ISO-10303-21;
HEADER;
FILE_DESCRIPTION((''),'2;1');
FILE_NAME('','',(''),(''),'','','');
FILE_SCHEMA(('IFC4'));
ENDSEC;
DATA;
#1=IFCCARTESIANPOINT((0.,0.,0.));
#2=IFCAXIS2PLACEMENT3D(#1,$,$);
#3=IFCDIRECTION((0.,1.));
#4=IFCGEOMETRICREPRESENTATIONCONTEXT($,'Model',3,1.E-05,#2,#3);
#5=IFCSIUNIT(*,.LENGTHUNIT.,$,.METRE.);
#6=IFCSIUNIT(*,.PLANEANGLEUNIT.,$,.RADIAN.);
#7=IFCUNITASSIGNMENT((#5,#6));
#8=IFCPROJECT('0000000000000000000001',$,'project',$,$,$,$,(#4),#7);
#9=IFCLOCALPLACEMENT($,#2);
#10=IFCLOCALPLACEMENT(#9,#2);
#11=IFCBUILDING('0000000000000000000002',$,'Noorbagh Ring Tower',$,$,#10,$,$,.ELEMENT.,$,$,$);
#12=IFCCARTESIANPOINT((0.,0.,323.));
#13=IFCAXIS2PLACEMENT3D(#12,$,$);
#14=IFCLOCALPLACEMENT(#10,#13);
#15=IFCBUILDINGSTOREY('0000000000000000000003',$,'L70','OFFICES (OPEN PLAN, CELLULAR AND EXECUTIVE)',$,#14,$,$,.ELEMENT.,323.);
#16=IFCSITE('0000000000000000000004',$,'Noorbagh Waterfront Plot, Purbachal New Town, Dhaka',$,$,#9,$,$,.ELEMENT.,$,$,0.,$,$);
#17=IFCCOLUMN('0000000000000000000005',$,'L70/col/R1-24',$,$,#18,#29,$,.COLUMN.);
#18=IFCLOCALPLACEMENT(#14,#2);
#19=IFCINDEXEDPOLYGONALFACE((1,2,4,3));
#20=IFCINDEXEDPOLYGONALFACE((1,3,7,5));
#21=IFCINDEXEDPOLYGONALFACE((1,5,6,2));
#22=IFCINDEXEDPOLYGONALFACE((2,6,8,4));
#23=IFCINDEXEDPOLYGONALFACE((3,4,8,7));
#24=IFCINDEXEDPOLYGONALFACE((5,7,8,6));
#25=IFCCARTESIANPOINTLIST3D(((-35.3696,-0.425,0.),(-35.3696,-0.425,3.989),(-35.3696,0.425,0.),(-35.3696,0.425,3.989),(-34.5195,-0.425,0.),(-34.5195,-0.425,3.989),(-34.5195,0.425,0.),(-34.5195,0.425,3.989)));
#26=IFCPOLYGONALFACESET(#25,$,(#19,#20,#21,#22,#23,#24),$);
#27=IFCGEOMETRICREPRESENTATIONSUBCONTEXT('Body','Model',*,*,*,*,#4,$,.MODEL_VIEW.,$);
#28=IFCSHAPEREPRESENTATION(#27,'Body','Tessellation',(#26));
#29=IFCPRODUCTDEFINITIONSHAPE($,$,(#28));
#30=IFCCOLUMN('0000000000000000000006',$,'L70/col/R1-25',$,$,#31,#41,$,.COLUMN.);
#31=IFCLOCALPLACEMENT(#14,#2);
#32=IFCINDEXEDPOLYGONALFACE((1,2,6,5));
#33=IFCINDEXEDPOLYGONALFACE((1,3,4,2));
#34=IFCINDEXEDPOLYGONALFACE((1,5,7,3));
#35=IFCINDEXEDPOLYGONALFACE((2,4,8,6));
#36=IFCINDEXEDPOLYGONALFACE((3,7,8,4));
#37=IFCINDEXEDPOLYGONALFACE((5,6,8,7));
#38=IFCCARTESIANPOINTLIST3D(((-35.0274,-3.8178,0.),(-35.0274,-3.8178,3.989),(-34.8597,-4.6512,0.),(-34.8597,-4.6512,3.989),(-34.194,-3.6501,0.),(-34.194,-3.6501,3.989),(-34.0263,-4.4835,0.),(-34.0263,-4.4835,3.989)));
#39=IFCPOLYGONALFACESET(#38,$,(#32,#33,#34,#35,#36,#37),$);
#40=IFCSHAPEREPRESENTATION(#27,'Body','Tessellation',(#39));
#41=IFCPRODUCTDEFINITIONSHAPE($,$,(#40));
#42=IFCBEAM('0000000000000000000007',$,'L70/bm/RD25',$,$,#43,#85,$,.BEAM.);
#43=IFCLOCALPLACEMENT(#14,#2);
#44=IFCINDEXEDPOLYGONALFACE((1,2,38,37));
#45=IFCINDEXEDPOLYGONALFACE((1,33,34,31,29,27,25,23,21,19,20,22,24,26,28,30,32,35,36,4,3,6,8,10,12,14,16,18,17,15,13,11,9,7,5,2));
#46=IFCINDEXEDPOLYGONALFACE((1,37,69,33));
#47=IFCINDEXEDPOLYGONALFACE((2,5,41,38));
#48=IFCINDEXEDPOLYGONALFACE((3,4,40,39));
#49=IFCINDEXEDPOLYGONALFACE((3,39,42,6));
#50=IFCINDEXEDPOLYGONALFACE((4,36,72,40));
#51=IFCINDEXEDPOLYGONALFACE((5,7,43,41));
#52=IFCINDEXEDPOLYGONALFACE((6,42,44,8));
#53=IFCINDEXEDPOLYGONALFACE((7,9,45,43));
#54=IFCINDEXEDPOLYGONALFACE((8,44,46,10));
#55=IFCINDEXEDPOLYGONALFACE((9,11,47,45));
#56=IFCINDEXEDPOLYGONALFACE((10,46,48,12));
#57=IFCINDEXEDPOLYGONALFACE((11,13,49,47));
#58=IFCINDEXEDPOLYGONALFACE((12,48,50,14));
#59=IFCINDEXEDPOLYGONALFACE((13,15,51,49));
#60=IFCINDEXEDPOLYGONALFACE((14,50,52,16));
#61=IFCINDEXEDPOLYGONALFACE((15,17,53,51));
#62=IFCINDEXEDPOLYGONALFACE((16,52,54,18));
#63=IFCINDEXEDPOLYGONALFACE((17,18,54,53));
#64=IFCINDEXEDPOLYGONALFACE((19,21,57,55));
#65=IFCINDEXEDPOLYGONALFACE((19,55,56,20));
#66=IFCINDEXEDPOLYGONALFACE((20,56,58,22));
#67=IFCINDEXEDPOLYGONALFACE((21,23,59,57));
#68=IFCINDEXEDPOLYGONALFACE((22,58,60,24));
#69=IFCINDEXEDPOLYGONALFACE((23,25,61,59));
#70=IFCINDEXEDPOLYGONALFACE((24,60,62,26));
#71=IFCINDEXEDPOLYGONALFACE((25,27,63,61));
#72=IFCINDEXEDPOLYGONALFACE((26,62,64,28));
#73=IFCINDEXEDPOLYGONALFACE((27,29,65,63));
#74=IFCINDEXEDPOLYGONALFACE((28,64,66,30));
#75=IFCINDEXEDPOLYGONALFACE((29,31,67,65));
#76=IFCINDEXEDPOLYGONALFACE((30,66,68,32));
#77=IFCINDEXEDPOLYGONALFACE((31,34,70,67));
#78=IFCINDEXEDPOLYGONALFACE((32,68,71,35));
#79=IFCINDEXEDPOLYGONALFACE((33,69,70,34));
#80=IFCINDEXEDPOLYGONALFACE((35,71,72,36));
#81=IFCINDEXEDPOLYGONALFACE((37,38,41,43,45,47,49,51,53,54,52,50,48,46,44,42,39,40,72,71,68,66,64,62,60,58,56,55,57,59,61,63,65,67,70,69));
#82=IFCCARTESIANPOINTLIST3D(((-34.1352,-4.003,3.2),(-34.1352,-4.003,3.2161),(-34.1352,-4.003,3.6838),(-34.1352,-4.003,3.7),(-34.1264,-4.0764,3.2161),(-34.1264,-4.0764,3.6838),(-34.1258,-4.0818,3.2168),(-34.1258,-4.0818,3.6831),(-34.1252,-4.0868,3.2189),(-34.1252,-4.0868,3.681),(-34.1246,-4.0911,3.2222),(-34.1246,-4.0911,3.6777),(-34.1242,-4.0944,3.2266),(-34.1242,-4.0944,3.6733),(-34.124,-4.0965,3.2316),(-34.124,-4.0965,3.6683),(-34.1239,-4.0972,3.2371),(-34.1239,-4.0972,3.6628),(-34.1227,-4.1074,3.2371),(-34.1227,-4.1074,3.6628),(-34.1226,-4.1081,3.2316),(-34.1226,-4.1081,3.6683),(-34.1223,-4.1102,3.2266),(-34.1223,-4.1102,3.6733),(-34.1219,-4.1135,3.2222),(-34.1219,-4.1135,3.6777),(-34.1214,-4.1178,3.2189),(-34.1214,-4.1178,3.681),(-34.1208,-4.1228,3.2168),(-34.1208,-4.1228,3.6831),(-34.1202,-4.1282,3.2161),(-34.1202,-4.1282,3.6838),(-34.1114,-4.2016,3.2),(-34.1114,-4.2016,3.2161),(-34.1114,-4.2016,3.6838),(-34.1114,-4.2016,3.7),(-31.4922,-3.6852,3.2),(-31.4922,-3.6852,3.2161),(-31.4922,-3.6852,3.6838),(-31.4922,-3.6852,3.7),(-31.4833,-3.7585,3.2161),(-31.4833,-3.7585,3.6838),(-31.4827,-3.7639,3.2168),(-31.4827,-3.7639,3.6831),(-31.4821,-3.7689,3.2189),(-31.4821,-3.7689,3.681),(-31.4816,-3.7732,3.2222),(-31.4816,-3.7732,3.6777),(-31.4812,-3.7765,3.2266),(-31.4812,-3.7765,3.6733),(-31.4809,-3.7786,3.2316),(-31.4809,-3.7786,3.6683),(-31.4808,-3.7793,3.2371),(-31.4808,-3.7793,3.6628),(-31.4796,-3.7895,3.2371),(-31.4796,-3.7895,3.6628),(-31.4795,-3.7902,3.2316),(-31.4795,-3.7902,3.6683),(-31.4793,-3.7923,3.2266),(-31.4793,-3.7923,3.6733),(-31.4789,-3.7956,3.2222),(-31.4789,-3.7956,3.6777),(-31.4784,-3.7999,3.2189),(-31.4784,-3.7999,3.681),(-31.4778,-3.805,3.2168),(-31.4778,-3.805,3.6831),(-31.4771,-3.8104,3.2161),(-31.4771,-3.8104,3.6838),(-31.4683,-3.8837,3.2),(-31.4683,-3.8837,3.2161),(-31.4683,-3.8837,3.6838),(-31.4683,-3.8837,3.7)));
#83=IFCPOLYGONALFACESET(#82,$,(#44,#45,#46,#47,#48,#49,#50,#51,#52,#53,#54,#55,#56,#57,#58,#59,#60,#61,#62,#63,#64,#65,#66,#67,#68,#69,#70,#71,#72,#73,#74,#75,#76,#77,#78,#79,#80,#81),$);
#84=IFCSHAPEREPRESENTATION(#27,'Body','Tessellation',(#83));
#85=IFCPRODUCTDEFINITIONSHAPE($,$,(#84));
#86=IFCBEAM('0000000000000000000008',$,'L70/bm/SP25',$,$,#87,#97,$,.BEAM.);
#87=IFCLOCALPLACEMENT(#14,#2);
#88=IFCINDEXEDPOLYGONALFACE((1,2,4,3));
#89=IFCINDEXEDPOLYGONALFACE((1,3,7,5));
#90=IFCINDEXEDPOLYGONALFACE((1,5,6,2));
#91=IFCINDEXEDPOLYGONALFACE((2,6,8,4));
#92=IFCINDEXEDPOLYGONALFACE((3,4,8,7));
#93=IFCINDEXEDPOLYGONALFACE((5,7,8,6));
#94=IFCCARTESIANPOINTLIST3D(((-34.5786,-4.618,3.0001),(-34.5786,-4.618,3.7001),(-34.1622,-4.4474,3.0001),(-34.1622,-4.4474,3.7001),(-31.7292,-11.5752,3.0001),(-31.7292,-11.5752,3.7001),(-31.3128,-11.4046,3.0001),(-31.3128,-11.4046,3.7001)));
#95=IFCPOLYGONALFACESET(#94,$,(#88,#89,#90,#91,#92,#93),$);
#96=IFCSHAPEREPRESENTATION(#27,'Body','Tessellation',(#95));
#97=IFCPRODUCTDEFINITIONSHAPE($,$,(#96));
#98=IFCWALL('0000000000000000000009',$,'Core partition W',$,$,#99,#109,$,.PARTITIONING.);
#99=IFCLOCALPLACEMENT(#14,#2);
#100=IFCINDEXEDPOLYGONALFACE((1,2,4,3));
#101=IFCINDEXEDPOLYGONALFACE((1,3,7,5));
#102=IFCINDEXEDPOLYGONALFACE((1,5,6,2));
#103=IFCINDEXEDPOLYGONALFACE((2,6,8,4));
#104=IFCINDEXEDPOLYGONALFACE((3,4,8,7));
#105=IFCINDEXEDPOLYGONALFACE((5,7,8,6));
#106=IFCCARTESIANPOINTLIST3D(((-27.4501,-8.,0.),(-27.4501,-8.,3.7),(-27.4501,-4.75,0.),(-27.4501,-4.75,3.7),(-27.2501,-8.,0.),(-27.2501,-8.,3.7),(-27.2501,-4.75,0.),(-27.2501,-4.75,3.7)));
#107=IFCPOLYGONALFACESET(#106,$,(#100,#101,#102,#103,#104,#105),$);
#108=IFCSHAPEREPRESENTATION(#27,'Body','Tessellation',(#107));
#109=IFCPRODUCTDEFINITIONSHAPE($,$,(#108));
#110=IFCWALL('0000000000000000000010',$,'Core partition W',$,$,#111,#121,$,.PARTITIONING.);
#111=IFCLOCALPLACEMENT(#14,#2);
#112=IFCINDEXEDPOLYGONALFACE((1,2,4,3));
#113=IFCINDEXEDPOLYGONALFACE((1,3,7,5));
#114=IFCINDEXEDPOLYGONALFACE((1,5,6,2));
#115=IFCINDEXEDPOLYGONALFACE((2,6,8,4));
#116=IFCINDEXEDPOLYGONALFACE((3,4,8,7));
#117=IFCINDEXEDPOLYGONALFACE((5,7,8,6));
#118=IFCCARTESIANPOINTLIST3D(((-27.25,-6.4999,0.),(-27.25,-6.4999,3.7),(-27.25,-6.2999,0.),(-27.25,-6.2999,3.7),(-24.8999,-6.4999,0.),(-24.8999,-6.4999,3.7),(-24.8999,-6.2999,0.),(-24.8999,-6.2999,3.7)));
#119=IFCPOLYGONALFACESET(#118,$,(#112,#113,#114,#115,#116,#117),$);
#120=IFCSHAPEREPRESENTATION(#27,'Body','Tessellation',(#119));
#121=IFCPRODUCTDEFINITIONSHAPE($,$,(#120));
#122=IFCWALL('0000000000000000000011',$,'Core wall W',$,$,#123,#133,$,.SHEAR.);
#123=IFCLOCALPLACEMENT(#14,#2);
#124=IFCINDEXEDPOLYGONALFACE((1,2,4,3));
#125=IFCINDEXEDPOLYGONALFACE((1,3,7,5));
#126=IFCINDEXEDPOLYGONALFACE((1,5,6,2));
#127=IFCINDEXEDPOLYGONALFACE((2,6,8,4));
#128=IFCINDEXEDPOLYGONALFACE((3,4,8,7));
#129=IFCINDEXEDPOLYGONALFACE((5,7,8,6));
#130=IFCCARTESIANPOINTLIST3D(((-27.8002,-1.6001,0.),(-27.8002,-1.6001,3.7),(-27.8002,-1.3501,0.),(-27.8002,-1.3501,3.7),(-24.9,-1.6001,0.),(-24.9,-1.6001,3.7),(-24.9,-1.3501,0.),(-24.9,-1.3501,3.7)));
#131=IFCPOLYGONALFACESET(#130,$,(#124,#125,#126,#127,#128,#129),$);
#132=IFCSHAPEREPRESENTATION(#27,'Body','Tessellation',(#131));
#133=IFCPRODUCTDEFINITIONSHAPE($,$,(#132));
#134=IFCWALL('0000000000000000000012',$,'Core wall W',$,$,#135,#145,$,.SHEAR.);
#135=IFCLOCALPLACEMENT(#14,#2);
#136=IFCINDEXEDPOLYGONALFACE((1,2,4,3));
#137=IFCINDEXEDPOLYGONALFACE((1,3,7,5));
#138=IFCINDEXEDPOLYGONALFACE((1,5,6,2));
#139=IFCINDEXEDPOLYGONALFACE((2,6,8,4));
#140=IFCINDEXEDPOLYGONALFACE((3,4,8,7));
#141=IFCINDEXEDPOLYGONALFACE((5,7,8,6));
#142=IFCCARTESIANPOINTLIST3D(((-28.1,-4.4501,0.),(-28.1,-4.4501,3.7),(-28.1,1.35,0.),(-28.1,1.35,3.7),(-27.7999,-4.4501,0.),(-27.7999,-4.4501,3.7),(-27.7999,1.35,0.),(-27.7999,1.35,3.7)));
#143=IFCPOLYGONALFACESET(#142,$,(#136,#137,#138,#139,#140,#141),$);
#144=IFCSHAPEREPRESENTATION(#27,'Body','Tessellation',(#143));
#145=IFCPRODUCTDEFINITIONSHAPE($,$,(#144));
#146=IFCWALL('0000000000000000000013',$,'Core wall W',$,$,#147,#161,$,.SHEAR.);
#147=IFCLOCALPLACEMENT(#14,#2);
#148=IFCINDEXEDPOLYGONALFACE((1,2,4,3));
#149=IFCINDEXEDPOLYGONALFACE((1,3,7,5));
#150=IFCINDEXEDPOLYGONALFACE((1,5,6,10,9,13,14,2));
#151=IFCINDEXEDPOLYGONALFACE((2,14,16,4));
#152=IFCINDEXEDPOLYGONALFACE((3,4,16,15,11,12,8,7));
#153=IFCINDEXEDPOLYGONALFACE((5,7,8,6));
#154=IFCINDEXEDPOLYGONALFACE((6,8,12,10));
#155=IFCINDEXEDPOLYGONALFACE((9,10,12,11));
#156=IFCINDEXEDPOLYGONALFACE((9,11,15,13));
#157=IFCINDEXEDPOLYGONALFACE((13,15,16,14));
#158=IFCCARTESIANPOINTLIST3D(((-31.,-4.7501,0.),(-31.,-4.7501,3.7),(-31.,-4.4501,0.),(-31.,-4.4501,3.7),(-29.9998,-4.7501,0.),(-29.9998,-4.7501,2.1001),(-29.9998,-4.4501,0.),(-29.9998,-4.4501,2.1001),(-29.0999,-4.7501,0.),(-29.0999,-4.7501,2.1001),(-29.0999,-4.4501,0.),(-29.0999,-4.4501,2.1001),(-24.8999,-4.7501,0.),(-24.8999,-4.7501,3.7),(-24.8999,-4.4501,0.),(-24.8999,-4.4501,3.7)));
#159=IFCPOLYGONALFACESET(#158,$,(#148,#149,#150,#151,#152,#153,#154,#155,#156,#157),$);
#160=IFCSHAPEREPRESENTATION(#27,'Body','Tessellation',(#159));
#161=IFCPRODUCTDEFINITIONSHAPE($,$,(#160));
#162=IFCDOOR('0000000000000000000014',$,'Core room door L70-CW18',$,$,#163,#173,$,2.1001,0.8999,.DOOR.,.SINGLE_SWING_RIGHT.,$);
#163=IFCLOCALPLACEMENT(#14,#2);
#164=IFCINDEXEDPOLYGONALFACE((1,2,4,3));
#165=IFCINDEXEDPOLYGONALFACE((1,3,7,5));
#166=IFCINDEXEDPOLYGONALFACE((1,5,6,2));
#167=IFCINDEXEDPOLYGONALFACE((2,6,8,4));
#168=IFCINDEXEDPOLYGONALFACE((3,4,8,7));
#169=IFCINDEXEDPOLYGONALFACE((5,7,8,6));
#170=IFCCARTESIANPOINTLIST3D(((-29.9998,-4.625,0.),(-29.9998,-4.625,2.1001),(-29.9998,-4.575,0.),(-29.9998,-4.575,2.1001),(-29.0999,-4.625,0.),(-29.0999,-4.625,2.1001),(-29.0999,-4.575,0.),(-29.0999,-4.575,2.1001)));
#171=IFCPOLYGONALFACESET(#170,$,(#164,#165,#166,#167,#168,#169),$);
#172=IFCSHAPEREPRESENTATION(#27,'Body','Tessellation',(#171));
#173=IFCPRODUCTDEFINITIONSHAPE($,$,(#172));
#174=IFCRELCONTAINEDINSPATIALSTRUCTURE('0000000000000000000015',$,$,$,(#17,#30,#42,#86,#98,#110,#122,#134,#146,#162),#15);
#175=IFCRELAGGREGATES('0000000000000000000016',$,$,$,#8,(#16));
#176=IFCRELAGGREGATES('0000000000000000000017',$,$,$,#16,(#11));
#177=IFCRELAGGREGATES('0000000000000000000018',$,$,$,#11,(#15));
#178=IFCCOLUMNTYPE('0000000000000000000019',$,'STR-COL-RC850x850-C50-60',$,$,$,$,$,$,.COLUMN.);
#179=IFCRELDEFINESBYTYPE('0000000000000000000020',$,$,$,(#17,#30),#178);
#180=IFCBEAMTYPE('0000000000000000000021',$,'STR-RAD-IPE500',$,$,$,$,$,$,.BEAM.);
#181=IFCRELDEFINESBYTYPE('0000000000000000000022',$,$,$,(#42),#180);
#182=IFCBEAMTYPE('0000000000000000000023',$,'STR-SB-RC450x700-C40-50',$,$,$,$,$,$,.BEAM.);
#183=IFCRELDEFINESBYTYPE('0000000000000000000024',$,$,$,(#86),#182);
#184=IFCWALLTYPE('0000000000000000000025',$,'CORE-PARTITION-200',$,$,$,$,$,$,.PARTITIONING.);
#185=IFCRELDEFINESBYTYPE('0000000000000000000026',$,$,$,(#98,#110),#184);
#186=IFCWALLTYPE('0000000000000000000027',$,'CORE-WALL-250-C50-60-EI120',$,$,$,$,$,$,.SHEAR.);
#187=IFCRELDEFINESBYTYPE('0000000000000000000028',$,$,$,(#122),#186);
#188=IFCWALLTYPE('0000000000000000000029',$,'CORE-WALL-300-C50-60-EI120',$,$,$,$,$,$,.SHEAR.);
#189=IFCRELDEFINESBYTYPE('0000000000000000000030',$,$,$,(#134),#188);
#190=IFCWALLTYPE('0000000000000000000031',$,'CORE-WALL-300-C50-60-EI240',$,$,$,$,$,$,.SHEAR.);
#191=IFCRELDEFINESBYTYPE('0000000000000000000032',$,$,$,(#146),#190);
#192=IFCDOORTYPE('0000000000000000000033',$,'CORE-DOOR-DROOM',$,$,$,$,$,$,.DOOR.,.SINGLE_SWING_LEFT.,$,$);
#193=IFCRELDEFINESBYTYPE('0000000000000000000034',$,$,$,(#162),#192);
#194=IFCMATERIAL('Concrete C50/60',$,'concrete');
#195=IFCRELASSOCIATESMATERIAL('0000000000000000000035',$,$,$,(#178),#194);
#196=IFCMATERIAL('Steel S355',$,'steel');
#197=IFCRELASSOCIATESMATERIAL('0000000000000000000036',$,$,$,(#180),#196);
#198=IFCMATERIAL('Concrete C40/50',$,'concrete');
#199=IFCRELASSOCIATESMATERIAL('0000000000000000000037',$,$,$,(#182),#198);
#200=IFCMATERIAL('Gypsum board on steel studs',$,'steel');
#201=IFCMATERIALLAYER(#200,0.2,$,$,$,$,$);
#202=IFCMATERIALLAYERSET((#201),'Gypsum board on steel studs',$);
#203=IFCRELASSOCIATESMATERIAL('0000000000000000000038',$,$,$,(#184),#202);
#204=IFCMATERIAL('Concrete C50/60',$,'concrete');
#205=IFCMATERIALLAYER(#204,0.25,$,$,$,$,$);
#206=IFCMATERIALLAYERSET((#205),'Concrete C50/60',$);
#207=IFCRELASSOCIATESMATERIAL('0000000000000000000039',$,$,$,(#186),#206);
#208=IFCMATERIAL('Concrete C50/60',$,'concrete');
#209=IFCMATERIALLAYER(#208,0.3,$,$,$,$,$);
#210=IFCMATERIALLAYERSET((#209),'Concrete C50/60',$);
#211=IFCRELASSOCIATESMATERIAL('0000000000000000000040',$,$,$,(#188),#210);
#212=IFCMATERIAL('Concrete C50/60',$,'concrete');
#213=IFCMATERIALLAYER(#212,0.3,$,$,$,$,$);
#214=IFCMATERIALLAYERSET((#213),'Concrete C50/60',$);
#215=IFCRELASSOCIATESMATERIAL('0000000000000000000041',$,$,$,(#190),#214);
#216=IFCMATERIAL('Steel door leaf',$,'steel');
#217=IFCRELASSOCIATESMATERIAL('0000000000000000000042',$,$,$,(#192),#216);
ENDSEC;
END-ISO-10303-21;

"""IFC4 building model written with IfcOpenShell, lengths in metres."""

from ifc_helpers import new_model, si_unit, direction, frame, frame_2d, origin, origin_2d, place, context, subcontext, project, spatial, rectangle, i_section, extrude, material, layer, layer_set, material_profile, profile_set, type_object, element, fill, save


model = new_model("IFC4")

# Units and contexts
model_context = context("Model", 3, precision=1e-05, world=origin(), true_north=direction((0.0, 1.0)))
body_context = subcontext(model_context, "Body", "Model", "MODEL_VIEW")
ifc_project = project(units=[si_unit("LENGTHUNIT", "METRE"), si_unit("PLANEANGLEUNIT", "RADIAN")], contexts=[model_context])

# Site, building, storey
site_placement = place(None, origin())
site = spatial("IfcSite", under=ifc_project, at=site_placement, Name="Noorbagh Waterfront Plot, Purbachal New Town, Dhaka", CompositionType="ELEMENT", RefElevation=0.0)
building_placement = place(site_placement, origin())
building = spatial("IfcBuilding", under=site, at=building_placement, Name="Noorbagh Ring Tower", CompositionType="ELEMENT")
storey_placement = place(building_placement, frame((0.0, 0.0, 323.0)))
storey = spatial("IfcBuildingStorey", under=building, at=storey_placement, Name="L70", Description="OFFICES (OPEN PLAN, CELLULAR AND EXECUTIVE)", CompositionType="ELEMENT", Elevation=323.0)

# Columns
ifc_material_1 = material(Name="Concrete C50/60", Category="concrete")
ifc_material_profile_1 = material_profile(ifc_material_1, rectangle(XDim=0.8501, YDim=0.8501, at=origin_2d()), Name="RC850x850")
ifc_profile_set_1 = profile_set([ifc_material_profile_1], Name="Concrete C50/60")
column_type = type_object("IfcColumnType", Name="STR-COL-RC850x850-C50-60", PredefinedType="COLUMN", material=ifc_profile_set_1)
for number, where, z_axis, x_axis, name in (
    (1, (-34.9446, 0.0, 0.0), (0.0, 0.0, 1.0), (0.0, -1.0, 0.0), "L70/col/R1-24"),
    (2, (-34.5269, -4.1506, 0.0), (0.0, 0.0, 1.0), (0.19723, -0.980357, 0.0), "L70/col/R1-25"),
):
    element("IfcColumn", number, at=place(storey_placement, frame(where, z_axis=z_axis, x_axis=x_axis)), inside=storey, type_object=column_type, Name=name, PredefinedType="COLUMN", context=body_context, shape_type="SweptSolid", body=[
        extrude(rectangle(XDim=0.8501, YDim=0.8501, at=origin_2d()), origin(), (0.0, 0.0, 1.0), 3.989),
    ])

# Beams
ifc_material_2 = material(Name="Steel S355", Category="steel")
ifc_material_profile_2 = material_profile(ifc_material_2, i_section(OverallWidth=0.2, OverallDepth=0.5, WebThickness=0.0103, FlangeThickness=0.0161, FilletRadius=0.021, at=origin_2d()), Name="IPE500")
ifc_profile_set_2 = profile_set([ifc_material_profile_2], Name="Steel S355")
beam_type_1 = type_object("IfcBeamType", Name="STR-RAD-IPE500", PredefinedType="BEAM", material=ifc_profile_set_2)
beam_1_placement = place(storey_placement, frame((-34.1233, -4.1023, 3.45), z_axis=(0.992846, 0.119406, 0.0), x_axis=(-0.119406, 0.992846, 0.0)))
element("IfcBeam", 3, at=beam_1_placement, inside=storey, type_object=beam_type_1, Name="L70/bm/RD25", PredefinedType="BEAM", context=body_context, shape_type="SweptSolid", body=[
    extrude(i_section(OverallWidth=0.2, OverallDepth=0.5, WebThickness=0.0103, FlangeThickness=0.0161, FilletRadius=0.021, at=origin_2d()), origin(), (0.0, 0.0, 1.0), 2.6621),
])
ifc_material_3 = material(Name="Concrete C40/50", Category="concrete")
ifc_material_profile_3 = material_profile(ifc_material_3, rectangle(XDim=0.45, YDim=0.7, at=origin_2d()), Name="RC450x700")
ifc_profile_set_3 = profile_set([ifc_material_profile_3], Name="Concrete C40/50")
beam_type_2 = type_object("IfcBeamType", Name="STR-SB-RC450x700-C40-50", PredefinedType="BEAM", material=ifc_profile_set_3)
beam_2_placement = place(storey_placement, frame((-34.3704, -4.5327, 3.3501), z_axis=(0.378998, -0.925397, 0.0), x_axis=(0.925397, 0.378998, 0.0)))
element("IfcBeam", 4, at=beam_2_placement, inside=storey, type_object=beam_type_2, Name="L70/bm/SP25", PredefinedType="BEAM", context=body_context, shape_type="SweptSolid", body=[
    extrude(rectangle(XDim=0.45, YDim=0.7, at=origin_2d()), origin(), (0.0, 0.0, 1.0), 7.5181),
])

# Walls
ifc_material_4 = material(Name="Gypsum board on steel studs", Category="steel")
ifc_layer_1 = layer(ifc_material_4, 0.2)
ifc_layer_set_1 = layer_set([ifc_layer_1], Name="Gypsum board on steel studs")
wall_type_1 = type_object("IfcWallType", Name="CORE-PARTITION-200", PredefinedType="PARTITIONING", material=ifc_layer_set_1)
wall_1_placement = place(storey_placement, frame((-27.3501, -8.0, 0.0), z_axis=(0.0, 0.0, 1.0), x_axis=(0.0, 1.0, 0.0)))
element("IfcWall", 5, at=wall_1_placement, inside=storey, type_object=wall_type_1, Name="Core partition W", PredefinedType="PARTITIONING", context=body_context, shape_type="SweptSolid", body=[
    extrude(rectangle(XDim=3.25, YDim=0.2, at=frame_2d((1.625, 0.0))), origin(), (0.0, 0.0, 1.0), 3.7),
])
wall_2_placement = place(storey_placement, frame((-24.8999, -6.3999, 0.0), z_axis=(0.0, 0.0, 1.0), x_axis=(-1.0, 0.0, 0.0)))
element("IfcWall", 6, at=wall_2_placement, inside=storey, type_object=wall_type_1, Name="Core partition W", PredefinedType="PARTITIONING", context=body_context, shape_type="SweptSolid", body=[
    extrude(rectangle(XDim=2.3501, YDim=0.2, at=frame_2d((1.175, 0.0))), origin(), (0.0, 0.0, 1.0), 3.7),
])
ifc_material_5 = material(Name="Concrete C50/60", Category="concrete")
ifc_layer_2 = layer(ifc_material_5, 0.25)
ifc_layer_set_2 = layer_set([ifc_layer_2], Name="Concrete C50/60")
wall_type_2 = type_object("IfcWallType", Name="CORE-WALL-250-C50-60-EI120", PredefinedType="SHEAR", material=ifc_layer_set_2)
wall_3_placement = place(storey_placement, frame((-24.8999, -1.4751, 0.0), z_axis=(0.0, 0.0, 1.0), x_axis=(-1.0, 0.0, 0.0)))
element("IfcWall", 7, at=wall_3_placement, inside=storey, type_object=wall_type_2, Name="Core wall W", PredefinedType="SHEAR", context=body_context, shape_type="SweptSolid", body=[
    extrude(rectangle(XDim=2.9001, YDim=0.25, at=frame_2d((1.4502, 0.0))), origin(), (0.0, 0.0, 1.0), 3.7),
])
ifc_material_6 = material(Name="Concrete C50/60", Category="concrete")
ifc_layer_3 = layer(ifc_material_6, 0.3)
ifc_layer_set_3 = layer_set([ifc_layer_3], Name="Concrete C50/60")
wall_type_3 = type_object("IfcWallType", Name="CORE-WALL-300-C50-60-EI120", PredefinedType="SHEAR", material=ifc_layer_set_3)
wall_4_placement = place(storey_placement, frame((-27.95, -4.45, 0.0), z_axis=(0.0, 0.0, 1.0), x_axis=(0.0, 1.0, 0.0)))
element("IfcWall", 8, at=wall_4_placement, inside=storey, type_object=wall_type_3, Name="Core wall W", PredefinedType="SHEAR", context=body_context, shape_type="SweptSolid", body=[
    extrude(rectangle(XDim=5.8, YDim=0.3, at=frame_2d((2.8999, 0.0))), origin(), (0.0, 0.0, 1.0), 3.7),
])

# Wall, opening, door
ifc_material_7 = material(Name="Concrete C50/60", Category="concrete")
ifc_layer_4 = layer(ifc_material_7, 0.3)
ifc_layer_set_4 = layer_set([ifc_layer_4], Name="Concrete C50/60")
wall_type_4 = type_object("IfcWallType", Name="CORE-WALL-300-C50-60-EI240", PredefinedType="SHEAR", material=ifc_layer_set_4)
wall_5_placement = place(storey_placement, frame((-24.8999, -4.6001, 0.0), z_axis=(0.0, 0.0, 1.0), x_axis=(-1.0, 0.0, 0.0)))
wall_5 = element("IfcWall", 9, at=wall_5_placement, inside=storey, type_object=wall_type_4, Name="Core wall W", PredefinedType="SHEAR", context=body_context, shape_type="SweptSolid", body=[
    extrude(rectangle(XDim=6.1001, YDim=0.3, at=frame_2d((3.05, 0.0))), origin(), (0.0, 0.0, 1.0), 3.7),
])
opening_placement = place(wall_5_placement, frame((4.2, 0.0, 0.0)))
opening = element("IfcOpeningElement", 10, at=opening_placement, cuts=wall_5, PredefinedType="OPENING", context=body_context, shape_type="SweptSolid", body=[
    extrude(rectangle(XDim=0.8999, YDim=2.1001, at=frame_2d((0.45, 1.05))), frame((0.0, 0.1602, 0.0), z_axis=(0.0, -1.0, 0.0), x_axis=(1.0, 0.0, 0.0)), (0.0, 0.0, 1.0), 0.3201),
])
ifc_material_8 = material(Name="Steel door leaf", Category="steel")
door_type = type_object("IfcDoorType", Name="CORE-DOOR-DROOM", OperationType="SINGLE_SWING_LEFT", PredefinedType="DOOR", material=ifc_material_8)
door_placement = place(opening_placement, origin())
door = element("IfcDoor", 11, at=door_placement, inside=storey, type_object=door_type, Name="Core room door L70-CW18", OperationType="SINGLE_SWING_RIGHT", OverallHeight=2.1001, OverallWidth=0.8999, PredefinedType="DOOR", context=body_context, shape_type="SweptSolid", body=[
    extrude(rectangle(XDim=0.8999, YDim=2.1001, at=frame_2d((0.45, 1.05))), frame((0.0, 0.0249, 0.0), z_axis=(0.0, -1.0, 0.0), x_axis=(1.0, 0.0, 0.0)), (0.0, 0.0, 1.0), 0.05),
])
fill(opening, door)

save(model, "model.ifc")
